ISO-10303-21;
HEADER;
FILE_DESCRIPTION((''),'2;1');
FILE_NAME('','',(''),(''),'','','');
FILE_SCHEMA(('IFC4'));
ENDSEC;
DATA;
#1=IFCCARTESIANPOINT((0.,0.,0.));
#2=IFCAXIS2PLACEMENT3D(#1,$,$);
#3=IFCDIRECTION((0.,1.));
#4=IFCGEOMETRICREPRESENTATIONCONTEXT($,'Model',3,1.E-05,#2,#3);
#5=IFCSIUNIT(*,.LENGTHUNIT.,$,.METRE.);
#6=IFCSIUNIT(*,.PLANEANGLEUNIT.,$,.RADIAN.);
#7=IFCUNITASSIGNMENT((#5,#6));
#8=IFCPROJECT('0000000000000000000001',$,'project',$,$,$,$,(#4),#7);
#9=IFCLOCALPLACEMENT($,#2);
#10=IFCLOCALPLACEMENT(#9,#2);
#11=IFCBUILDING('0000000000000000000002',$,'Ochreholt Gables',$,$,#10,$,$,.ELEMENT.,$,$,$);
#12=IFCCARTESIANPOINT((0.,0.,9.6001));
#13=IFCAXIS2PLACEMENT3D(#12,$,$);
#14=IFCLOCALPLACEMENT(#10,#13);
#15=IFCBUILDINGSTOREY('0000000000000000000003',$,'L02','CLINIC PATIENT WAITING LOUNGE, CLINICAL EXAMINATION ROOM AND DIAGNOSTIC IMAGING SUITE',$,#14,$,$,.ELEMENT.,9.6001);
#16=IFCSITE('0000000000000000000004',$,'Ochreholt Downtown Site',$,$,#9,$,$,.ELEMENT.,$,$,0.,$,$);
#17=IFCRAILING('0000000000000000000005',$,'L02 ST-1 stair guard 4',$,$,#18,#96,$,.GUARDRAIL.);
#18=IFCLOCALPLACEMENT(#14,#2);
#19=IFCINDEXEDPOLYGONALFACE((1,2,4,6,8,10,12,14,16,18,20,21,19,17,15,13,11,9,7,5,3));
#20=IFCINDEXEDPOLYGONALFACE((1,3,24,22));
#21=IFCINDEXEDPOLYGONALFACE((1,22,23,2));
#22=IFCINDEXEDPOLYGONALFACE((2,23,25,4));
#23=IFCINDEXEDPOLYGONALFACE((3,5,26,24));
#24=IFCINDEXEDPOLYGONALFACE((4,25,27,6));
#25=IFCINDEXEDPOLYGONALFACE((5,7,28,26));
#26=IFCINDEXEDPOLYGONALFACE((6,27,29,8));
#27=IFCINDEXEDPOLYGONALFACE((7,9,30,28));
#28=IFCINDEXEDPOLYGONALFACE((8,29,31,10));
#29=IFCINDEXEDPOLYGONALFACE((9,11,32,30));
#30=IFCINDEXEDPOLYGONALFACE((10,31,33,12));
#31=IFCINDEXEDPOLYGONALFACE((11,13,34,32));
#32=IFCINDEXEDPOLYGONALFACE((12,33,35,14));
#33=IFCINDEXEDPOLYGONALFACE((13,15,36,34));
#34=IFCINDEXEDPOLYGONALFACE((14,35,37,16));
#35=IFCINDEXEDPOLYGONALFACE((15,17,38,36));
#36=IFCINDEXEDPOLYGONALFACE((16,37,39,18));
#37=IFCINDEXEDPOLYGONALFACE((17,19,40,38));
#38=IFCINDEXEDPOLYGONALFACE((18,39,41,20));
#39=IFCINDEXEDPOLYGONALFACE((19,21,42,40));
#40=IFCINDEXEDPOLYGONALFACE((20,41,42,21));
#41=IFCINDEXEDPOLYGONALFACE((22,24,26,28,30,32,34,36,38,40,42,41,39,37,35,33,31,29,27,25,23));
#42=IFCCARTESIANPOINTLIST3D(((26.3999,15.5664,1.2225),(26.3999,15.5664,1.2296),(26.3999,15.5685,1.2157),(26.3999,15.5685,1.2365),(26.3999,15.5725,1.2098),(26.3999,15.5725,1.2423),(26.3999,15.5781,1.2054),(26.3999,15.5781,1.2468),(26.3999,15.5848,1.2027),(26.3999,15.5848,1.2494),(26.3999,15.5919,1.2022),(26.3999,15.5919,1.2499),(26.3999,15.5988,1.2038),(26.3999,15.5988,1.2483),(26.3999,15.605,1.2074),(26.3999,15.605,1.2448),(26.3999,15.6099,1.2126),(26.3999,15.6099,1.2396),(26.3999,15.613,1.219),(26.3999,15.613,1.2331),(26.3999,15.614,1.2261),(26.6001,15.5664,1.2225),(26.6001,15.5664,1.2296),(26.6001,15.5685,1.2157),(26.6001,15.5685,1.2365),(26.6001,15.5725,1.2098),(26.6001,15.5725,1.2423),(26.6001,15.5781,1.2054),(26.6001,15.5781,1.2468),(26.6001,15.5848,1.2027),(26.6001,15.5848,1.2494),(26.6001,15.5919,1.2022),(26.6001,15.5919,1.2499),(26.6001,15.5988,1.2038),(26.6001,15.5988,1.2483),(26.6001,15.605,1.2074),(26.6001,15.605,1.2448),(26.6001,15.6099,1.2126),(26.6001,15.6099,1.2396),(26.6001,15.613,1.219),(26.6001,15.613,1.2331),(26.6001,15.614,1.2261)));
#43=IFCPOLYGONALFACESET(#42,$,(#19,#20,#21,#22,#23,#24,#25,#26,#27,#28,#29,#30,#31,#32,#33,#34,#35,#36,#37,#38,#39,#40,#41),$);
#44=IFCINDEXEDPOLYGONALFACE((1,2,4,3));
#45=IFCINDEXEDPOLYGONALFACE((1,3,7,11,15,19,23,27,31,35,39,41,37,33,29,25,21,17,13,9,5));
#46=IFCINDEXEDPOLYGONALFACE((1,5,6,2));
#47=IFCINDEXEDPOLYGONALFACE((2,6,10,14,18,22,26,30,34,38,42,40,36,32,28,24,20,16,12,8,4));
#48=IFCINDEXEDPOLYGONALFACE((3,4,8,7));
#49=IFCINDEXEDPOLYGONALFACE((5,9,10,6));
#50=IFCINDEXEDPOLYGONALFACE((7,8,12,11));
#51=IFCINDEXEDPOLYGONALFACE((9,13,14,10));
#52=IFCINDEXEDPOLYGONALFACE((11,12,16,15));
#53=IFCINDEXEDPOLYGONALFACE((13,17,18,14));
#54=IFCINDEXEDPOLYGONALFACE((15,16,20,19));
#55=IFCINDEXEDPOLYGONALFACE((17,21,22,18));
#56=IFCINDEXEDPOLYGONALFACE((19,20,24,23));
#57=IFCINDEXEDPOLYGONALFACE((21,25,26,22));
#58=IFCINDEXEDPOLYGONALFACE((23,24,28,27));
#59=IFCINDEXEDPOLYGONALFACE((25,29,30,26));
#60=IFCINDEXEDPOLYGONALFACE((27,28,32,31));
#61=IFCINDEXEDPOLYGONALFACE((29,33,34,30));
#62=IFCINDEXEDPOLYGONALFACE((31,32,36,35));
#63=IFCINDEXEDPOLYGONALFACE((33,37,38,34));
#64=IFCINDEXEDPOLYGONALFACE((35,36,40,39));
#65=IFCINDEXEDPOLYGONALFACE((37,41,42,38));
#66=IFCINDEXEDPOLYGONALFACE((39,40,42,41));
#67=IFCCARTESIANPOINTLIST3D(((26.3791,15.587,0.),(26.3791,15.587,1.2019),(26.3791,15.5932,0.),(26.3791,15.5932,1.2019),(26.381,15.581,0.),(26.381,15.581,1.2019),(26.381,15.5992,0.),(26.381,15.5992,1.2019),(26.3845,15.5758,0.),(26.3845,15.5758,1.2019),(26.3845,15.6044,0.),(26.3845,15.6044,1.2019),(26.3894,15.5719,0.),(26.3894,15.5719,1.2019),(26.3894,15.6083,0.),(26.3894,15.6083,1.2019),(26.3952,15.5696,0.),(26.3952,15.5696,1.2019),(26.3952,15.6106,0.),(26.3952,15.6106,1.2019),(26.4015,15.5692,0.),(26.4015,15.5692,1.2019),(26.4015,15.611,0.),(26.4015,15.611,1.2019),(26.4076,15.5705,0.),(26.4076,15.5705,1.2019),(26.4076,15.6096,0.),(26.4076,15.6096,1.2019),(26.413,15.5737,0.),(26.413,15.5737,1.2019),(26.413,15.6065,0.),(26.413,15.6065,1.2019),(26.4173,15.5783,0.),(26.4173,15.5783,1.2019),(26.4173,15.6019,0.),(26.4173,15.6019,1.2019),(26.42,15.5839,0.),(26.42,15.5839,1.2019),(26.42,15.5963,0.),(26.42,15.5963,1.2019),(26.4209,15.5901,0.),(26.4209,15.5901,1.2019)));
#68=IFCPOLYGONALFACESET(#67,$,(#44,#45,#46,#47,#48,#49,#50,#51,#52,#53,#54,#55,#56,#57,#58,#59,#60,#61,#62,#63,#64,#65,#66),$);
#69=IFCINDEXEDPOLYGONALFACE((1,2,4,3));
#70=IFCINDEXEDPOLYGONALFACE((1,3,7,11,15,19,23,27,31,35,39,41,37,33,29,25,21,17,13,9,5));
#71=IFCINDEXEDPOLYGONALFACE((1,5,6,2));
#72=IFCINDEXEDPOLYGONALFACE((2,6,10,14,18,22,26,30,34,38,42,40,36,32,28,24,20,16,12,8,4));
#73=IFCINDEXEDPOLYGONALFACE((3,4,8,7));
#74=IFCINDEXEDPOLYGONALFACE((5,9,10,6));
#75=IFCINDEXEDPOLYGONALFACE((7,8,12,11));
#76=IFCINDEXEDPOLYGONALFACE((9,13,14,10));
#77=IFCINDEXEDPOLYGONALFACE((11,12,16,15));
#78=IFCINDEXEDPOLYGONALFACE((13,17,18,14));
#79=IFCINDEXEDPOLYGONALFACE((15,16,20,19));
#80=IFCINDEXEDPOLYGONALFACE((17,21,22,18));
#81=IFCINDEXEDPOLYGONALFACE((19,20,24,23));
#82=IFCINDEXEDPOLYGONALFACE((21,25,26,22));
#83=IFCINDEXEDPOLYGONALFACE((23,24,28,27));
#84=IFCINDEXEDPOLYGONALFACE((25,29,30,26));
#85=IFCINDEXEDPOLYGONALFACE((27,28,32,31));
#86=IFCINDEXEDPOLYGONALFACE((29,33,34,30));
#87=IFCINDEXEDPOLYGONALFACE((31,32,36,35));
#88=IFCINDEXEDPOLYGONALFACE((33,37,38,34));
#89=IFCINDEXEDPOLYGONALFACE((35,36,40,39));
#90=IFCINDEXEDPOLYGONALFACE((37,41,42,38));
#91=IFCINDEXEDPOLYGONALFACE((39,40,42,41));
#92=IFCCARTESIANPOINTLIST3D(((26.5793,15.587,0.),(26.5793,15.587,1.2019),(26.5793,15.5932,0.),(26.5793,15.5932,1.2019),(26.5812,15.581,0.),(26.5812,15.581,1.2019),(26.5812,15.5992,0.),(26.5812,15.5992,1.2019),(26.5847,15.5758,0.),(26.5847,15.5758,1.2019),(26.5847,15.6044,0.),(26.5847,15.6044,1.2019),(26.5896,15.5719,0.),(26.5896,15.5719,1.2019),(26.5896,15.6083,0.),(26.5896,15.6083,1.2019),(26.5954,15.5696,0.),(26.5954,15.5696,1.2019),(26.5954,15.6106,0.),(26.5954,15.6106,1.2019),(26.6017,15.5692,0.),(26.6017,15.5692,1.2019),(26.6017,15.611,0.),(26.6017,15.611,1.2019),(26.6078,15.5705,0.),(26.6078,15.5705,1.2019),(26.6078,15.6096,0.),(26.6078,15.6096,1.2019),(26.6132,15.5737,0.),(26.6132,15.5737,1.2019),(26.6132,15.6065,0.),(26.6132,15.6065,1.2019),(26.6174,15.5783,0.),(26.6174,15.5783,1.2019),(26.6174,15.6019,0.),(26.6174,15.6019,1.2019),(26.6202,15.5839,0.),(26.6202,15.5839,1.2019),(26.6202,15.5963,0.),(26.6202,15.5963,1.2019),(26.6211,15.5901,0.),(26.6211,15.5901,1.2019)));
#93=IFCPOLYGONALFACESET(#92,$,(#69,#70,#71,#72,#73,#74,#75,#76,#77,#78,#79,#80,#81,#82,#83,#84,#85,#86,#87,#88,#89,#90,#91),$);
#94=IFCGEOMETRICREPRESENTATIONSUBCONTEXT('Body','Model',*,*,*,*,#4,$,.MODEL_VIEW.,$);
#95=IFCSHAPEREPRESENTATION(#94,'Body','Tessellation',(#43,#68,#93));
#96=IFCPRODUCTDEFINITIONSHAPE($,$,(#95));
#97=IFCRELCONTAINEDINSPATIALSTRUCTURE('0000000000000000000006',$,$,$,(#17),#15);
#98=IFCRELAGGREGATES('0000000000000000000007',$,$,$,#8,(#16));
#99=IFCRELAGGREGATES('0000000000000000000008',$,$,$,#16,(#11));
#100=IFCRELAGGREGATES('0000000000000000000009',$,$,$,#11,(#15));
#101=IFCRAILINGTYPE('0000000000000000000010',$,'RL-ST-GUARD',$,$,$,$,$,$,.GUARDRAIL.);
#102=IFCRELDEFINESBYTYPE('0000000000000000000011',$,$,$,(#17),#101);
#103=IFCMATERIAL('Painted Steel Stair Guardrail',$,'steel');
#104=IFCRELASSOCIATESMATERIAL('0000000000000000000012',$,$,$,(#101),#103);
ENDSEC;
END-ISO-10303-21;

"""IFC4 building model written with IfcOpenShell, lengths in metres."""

from ifc_helpers import new_model, si_unit, direction, frame, origin, origin_2d, place, context, subcontext, project, spatial, circle, extrude, material, type_object, element, save


model = new_model("IFC4")

# Units and contexts
model_context = context("Model", 3, precision=1e-05, world=origin(), true_north=direction((0.0, 1.0)))
body_context = subcontext(model_context, "Body", "Model", "MODEL_VIEW")
ifc_project = project(units=[si_unit("LENGTHUNIT", "METRE"), si_unit("PLANEANGLEUNIT", "RADIAN")], contexts=[model_context])

# Site, building, storey
site_placement = place(None, origin())
site = spatial("IfcSite", under=ifc_project, at=site_placement, Name="Ochreholt Downtown Site", CompositionType="ELEMENT", RefElevation=0.0)
building_placement = place(site_placement, origin())
building = spatial("IfcBuilding", under=site, at=building_placement, Name="Ochreholt Gables", CompositionType="ELEMENT")
storey_placement = place(building_placement, frame((0.0, 0.0, 9.6001)))
storey = spatial("IfcBuildingStorey", under=building, at=storey_placement, Name="L02", Description="CLINIC PATIENT WAITING LOUNGE, CLINICAL EXAMINATION ROOM AND DIAGNOSTIC IMAGING SUITE", CompositionType="ELEMENT", Elevation=9.6001)

# Railing
ifc_material_1 = material(Name="Painted Steel Stair Guardrail", Category="steel")
railing_type_1 = type_object("IfcRailingType", Name="RL-ST-GUARD", PredefinedType="GUARDRAIL", material=ifc_material_1)
railing_1_placement = place(storey_placement, frame((26.3999, 15.5901, 0.0)))
element("IfcRailing", 1, at=railing_1_placement, inside=storey, type_object=railing_type_1, Name="L02 ST-1 stair guard 4", PredefinedType="GUARDRAIL", context=body_context, shape_type="SweptSolid", body=[
    extrude(circle(Radius=0.0239, at=origin_2d()), frame((0.0, 0.0, 1.2261), z_axis=(1.0, 0.0, 0.0), x_axis=(0.0, 1.0, 0.0)), (0.0, 0.0, 1.0), 0.2002),
    extrude(circle(Radius=0.021, at=origin_2d()), origin(), (0.0, 0.0, 1.0), 1.2019),
    extrude(circle(Radius=0.021, at=origin_2d()), frame((0.2002, 0.0, 0.0)), (0.0, 0.0, 1.0), 1.2019),
])

save(model, "model.ifc")
